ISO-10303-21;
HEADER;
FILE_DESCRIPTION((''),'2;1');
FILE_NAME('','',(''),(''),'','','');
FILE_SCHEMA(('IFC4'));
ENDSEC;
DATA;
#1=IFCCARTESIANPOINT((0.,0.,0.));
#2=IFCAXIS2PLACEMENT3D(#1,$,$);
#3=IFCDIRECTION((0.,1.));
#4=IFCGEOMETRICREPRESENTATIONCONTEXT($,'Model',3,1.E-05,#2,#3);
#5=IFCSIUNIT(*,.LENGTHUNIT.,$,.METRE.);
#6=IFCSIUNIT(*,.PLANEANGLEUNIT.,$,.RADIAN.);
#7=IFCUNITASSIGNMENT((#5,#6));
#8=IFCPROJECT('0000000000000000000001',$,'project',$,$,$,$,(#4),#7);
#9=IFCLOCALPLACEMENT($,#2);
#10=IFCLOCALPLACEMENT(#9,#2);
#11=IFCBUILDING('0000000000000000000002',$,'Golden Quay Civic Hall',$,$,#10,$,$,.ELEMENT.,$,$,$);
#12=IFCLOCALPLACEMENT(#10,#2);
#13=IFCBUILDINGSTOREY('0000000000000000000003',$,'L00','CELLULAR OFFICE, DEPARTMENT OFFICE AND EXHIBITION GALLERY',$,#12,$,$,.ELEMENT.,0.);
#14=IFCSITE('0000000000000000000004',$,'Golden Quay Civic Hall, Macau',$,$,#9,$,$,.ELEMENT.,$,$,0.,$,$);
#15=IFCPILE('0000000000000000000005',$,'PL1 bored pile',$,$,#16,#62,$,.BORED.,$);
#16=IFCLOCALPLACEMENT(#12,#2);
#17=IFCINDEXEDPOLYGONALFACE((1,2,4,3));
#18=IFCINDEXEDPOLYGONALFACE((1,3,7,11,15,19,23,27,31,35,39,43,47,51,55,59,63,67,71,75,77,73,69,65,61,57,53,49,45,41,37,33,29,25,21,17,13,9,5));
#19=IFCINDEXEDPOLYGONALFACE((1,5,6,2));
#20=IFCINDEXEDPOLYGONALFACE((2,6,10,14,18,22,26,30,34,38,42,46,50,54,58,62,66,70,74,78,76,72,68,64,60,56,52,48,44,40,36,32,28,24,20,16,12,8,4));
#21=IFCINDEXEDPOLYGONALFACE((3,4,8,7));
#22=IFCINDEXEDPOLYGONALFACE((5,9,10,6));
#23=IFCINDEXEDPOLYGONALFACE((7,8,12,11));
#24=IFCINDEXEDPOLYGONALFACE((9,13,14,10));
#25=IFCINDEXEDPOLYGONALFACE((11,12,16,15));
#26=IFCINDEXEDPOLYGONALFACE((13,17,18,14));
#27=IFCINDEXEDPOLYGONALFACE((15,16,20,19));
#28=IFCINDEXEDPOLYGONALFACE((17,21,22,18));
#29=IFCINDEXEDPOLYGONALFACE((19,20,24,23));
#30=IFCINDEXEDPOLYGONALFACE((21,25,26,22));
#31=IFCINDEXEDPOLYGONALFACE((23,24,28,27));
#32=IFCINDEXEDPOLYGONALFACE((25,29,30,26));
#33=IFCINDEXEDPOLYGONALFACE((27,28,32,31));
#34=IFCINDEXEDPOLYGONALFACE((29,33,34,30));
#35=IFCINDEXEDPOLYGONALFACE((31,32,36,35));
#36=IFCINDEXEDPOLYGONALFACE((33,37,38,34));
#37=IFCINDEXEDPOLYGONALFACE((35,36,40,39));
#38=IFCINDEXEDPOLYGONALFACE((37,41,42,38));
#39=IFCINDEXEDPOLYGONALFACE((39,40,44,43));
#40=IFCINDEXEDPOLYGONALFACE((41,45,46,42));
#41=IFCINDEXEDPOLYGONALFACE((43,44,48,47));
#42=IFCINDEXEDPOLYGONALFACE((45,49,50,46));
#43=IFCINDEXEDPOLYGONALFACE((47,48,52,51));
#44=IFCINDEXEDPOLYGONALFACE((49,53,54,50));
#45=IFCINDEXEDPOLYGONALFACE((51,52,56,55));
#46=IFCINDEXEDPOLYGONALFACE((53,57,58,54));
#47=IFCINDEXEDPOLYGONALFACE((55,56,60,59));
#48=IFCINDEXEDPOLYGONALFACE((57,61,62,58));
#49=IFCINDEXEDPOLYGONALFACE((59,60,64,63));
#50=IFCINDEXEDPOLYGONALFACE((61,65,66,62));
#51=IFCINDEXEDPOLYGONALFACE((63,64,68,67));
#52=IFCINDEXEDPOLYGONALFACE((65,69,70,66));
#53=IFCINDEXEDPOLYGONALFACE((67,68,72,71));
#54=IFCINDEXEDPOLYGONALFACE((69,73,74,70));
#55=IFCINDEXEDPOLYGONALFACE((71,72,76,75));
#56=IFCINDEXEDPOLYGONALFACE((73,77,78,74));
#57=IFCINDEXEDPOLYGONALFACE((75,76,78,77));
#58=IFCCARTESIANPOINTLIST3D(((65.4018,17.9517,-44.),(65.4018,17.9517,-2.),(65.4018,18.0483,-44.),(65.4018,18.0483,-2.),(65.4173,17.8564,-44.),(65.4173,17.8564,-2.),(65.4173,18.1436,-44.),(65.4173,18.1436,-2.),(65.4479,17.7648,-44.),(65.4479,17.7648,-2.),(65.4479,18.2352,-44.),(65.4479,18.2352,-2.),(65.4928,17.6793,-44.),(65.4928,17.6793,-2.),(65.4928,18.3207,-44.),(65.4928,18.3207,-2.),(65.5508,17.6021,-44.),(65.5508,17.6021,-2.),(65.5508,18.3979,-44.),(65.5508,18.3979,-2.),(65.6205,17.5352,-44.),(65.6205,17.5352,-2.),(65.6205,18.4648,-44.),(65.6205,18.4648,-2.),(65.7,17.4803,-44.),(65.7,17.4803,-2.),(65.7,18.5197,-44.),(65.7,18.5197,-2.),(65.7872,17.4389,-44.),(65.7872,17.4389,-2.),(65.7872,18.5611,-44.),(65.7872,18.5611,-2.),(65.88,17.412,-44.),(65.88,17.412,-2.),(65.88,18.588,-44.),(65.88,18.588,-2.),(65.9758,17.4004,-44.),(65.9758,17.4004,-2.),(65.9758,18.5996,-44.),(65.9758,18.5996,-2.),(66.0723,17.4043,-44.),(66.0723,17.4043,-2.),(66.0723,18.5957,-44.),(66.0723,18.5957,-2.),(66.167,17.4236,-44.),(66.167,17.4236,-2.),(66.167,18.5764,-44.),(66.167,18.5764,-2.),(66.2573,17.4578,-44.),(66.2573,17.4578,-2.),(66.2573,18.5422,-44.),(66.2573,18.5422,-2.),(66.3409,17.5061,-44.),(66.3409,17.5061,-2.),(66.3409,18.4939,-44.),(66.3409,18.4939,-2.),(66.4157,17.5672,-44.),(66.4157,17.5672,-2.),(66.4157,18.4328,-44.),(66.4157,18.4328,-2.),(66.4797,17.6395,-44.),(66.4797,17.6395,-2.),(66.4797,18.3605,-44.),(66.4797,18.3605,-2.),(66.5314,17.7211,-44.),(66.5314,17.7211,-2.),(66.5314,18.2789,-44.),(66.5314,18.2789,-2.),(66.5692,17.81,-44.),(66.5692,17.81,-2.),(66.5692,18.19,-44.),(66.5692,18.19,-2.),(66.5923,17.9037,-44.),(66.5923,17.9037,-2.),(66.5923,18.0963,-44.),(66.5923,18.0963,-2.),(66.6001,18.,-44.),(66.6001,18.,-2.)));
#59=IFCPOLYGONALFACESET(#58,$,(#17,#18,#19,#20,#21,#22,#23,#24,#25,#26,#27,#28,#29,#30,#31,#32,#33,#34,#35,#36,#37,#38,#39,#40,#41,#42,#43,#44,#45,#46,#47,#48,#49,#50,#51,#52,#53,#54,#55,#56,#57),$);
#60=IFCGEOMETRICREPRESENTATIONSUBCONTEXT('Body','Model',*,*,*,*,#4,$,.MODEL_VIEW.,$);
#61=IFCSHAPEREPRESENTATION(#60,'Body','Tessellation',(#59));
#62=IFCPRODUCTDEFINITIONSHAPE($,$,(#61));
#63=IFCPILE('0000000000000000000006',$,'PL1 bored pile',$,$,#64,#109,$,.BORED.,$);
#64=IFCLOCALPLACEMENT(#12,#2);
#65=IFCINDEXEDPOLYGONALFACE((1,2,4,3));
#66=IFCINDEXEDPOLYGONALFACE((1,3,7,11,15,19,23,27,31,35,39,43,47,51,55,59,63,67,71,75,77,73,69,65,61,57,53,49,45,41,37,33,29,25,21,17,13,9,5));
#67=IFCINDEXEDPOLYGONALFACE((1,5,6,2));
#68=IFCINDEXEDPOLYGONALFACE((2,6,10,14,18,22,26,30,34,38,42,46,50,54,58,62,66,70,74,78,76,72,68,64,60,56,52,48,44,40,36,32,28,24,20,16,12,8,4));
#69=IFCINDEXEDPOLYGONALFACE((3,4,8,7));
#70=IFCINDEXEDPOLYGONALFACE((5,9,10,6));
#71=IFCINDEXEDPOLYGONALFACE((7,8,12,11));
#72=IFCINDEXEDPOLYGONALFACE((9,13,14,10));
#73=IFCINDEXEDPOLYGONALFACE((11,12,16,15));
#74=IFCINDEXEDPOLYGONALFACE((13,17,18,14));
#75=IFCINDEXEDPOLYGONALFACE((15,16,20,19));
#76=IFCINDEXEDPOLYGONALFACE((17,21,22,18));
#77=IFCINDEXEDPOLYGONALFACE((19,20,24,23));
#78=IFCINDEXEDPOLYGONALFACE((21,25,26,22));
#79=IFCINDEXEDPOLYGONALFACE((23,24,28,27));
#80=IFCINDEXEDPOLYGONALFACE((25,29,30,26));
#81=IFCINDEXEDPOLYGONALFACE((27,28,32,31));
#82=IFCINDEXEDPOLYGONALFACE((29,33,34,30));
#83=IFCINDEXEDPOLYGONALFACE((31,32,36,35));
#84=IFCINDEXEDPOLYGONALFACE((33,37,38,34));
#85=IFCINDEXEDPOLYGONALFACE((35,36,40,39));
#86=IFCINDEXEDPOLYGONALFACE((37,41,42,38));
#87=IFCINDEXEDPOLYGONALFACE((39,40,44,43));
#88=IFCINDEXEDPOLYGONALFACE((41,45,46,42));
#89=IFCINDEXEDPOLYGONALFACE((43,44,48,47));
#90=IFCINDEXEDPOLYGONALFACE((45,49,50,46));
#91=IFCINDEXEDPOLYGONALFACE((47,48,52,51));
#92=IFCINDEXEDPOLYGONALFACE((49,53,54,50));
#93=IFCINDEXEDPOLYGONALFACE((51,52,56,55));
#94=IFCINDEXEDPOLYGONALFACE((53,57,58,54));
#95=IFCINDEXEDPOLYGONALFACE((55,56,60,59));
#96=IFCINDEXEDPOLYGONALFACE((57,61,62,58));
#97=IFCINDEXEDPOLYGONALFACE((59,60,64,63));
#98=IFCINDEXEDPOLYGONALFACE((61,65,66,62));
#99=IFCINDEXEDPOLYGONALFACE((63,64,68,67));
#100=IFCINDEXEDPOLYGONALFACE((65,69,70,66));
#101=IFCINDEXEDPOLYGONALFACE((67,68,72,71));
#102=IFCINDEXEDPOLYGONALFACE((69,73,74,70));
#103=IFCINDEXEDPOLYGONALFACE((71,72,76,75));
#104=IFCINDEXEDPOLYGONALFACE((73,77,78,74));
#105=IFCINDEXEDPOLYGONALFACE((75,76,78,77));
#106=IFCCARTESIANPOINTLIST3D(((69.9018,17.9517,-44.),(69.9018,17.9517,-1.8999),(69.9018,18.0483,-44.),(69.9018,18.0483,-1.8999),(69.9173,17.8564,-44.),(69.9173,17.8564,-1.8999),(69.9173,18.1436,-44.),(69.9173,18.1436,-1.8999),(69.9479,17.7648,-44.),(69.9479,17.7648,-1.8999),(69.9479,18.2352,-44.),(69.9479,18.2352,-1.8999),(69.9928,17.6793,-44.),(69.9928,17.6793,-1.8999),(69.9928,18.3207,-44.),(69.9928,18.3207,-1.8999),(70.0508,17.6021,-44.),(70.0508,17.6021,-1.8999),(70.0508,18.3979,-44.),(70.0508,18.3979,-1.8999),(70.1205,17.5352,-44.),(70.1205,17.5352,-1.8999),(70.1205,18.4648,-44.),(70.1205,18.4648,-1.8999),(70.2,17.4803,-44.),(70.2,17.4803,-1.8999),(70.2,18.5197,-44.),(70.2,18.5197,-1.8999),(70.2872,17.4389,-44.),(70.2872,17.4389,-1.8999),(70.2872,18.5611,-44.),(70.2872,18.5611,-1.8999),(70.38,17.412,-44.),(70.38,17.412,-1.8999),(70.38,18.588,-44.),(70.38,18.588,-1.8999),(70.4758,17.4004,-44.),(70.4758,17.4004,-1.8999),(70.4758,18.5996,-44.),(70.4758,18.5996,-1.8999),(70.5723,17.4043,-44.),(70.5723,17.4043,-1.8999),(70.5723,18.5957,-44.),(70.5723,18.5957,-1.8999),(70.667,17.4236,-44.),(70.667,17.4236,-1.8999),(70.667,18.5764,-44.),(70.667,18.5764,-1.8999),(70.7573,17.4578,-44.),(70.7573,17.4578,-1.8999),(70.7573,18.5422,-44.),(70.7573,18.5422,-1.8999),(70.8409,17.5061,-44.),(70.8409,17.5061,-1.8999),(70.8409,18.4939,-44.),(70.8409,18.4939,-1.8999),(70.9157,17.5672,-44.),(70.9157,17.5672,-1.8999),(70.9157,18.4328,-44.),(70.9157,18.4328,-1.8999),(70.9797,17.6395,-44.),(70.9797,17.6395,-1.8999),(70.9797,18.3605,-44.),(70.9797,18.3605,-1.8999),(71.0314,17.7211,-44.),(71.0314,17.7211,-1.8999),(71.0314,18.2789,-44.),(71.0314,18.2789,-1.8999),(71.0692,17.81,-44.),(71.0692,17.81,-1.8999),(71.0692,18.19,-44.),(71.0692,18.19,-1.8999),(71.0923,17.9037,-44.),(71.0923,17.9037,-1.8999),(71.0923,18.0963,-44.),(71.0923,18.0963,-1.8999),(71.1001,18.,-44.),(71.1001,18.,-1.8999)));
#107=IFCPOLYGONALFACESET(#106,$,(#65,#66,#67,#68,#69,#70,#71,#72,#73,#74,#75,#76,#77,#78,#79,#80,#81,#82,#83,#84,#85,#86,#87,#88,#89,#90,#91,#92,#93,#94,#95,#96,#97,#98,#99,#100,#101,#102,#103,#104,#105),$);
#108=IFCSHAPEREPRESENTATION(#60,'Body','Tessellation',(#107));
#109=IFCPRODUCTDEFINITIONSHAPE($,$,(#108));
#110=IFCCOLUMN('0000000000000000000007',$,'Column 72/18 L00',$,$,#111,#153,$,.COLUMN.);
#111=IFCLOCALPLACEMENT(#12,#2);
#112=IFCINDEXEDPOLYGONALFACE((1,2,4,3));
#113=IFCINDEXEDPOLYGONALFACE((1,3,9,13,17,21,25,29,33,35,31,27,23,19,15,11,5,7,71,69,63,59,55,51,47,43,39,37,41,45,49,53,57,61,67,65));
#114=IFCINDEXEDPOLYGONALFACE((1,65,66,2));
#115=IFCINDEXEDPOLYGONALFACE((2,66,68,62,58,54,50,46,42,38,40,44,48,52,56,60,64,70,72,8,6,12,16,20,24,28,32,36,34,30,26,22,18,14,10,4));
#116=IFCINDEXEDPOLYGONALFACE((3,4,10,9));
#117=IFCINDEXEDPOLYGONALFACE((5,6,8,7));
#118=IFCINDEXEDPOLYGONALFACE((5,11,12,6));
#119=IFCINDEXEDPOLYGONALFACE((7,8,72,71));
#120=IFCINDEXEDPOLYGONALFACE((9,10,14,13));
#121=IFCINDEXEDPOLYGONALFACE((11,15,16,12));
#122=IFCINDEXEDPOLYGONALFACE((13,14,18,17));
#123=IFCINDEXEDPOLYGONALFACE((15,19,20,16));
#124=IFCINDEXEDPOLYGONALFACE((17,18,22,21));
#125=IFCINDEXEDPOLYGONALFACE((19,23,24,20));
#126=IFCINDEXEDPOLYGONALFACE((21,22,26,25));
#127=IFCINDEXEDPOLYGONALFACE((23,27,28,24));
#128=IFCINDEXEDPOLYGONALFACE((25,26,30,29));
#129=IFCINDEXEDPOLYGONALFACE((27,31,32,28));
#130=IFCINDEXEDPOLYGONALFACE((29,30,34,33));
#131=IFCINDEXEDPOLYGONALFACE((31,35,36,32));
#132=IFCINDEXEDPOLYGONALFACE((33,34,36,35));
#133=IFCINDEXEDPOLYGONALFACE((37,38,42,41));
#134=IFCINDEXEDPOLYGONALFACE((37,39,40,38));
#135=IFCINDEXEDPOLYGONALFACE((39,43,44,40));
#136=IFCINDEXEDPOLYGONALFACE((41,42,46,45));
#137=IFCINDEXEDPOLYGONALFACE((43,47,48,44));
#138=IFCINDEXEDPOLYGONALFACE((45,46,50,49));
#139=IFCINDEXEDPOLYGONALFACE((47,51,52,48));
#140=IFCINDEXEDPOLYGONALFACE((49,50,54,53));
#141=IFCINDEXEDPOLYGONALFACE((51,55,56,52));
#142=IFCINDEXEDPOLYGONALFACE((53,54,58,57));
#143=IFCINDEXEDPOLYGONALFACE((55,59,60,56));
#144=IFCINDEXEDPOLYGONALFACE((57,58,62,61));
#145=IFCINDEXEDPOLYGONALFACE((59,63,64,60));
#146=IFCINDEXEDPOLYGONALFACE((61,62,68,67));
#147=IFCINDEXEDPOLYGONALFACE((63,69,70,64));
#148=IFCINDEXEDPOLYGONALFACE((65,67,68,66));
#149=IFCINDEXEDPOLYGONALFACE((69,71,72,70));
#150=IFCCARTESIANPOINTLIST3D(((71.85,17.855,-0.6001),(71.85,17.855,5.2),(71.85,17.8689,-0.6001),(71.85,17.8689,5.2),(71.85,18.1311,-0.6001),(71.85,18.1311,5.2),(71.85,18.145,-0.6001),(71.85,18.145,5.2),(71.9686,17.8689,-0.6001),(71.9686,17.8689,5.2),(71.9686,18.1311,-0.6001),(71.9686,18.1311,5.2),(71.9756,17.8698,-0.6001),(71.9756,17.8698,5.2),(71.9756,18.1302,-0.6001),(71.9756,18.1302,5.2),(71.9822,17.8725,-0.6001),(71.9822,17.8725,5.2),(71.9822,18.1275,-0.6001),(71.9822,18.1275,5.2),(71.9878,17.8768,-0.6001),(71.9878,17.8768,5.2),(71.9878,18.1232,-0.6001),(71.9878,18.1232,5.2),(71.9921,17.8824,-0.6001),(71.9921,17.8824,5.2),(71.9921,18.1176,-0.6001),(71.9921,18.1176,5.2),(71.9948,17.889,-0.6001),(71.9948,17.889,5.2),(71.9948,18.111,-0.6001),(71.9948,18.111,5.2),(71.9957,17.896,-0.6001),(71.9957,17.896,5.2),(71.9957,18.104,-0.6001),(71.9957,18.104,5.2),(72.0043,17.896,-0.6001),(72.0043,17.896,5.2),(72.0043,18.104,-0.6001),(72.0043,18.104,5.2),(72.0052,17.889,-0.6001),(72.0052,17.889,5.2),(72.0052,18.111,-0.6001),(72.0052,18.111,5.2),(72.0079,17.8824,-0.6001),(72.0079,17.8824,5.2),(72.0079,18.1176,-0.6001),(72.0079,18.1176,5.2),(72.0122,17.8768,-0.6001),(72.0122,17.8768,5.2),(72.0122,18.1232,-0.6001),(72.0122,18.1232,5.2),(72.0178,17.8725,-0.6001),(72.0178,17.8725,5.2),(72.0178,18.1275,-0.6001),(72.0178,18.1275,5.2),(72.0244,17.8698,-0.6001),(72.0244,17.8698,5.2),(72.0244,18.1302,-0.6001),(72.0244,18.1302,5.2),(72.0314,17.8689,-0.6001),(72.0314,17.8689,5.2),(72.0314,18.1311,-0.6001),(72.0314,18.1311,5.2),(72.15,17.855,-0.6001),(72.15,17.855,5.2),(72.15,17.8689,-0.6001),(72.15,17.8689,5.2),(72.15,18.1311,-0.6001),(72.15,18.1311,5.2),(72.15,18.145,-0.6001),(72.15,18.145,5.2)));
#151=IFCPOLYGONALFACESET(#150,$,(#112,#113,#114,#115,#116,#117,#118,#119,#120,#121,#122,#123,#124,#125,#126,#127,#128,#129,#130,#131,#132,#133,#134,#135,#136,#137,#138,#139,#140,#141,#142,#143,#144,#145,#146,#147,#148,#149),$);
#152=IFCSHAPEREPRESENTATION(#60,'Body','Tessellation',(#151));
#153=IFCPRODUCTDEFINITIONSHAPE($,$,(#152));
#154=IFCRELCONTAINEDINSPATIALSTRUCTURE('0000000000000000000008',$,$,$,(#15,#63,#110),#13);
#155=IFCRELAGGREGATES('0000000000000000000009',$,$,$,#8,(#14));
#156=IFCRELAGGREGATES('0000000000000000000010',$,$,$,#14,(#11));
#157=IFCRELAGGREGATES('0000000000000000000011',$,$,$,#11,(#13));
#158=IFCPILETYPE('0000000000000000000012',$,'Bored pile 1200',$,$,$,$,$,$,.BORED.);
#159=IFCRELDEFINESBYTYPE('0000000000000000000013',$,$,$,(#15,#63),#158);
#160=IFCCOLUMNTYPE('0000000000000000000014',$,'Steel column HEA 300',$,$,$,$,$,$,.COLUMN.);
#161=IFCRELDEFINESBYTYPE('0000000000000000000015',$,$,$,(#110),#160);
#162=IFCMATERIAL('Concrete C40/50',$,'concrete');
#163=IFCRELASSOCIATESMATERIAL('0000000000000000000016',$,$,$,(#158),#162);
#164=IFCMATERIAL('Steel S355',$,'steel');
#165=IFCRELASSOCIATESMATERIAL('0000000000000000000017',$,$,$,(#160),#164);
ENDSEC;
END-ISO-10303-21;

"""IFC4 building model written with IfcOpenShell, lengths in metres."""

from ifc_helpers import new_model, si_unit, direction, frame, origin, origin_2d, place, context, subcontext, project, spatial, circle, i_section, extrude, material, material_profile, profile_set, type_object, element, save


model = new_model("IFC4")

# Units and contexts
model_context = context("Model", 3, precision=1e-05, world=origin(), true_north=direction((0.0, 1.0)))
body_context = subcontext(model_context, "Body", "Model", "MODEL_VIEW")
ifc_project = project(units=[si_unit("LENGTHUNIT", "METRE"), si_unit("PLANEANGLEUNIT", "RADIAN")], contexts=[model_context])

# Site, building, storey
site_placement = place(None, origin())
site = spatial("IfcSite", under=ifc_project, at=site_placement, Name="Golden Quay Civic Hall, Macau", CompositionType="ELEMENT", RefElevation=0.0)
building_placement = place(site_placement, origin())
building = spatial("IfcBuilding", under=site, at=building_placement, Name="Golden Quay Civic Hall", CompositionType="ELEMENT")
storey_placement = place(building_placement, origin())
storey = spatial("IfcBuildingStorey", under=building, at=storey_placement, Name="L00", Description="CELLULAR OFFICE, DEPARTMENT OFFICE AND EXHIBITION GALLERY", CompositionType="ELEMENT", Elevation=0.0)

# Piles
ifc_material_1 = material(Name="Concrete C40/50", Category="concrete")
ifc_material_profile_1 = material_profile(ifc_material_1, circle(Radius=0.6001, at=origin_2d()), Name="RC D1200")
ifc_profile_set_1 = profile_set([ifc_material_profile_1], Name="Concrete C40/50")
pile_type = type_object("IfcPileType", Name="Bored pile 1200", PredefinedType="BORED", material=ifc_profile_set_1)
for number, where, z_axis, x_axis, name in (
    (1, (66.0, 18.0, -2.0), (0.0, 0.0, -1.0), (1.0, 0.0, 0.0), "PL1 bored pile"),
):
    element("IfcPile", number, at=place(storey_placement, frame(where, z_axis=z_axis, x_axis=x_axis)), inside=storey, type_object=pile_type, Name=name, PredefinedType="BORED", context=body_context, shape_type="SweptSolid", body=[
        extrude(circle(Radius=0.6001, at=origin_2d()), origin(), (0.0, 0.0, 1.0), 42.0),
    ])
pile_placement = place(storey_placement, frame((70.5, 18.0, -1.8999), z_axis=(0.0, 0.0, -1.0), x_axis=(1.0, 0.0, 0.0)))
element("IfcPile", 2, at=pile_placement, inside=storey, type_object=pile_type, Name="PL1 bored pile", PredefinedType="BORED", context=body_context, shape_type="SweptSolid", body=[
    extrude(circle(Radius=0.6001, at=origin_2d()), origin(), (0.0, 0.0, 1.0), 42.1001),
])

# Column
ifc_material_2 = material(Name="Steel S355", Category="steel")
ifc_material_profile_2 = material_profile(ifc_material_2, i_section(OverallWidth=0.3, OverallDepth=0.29, WebThickness=0.0085, FlangeThickness=0.0139, FilletRadius=0.0271, at=origin_2d()), Name="HEA 300")
ifc_profile_set_2 = profile_set([ifc_material_profile_2], Name="Steel S355")
column_type_1 = type_object("IfcColumnType", Name="Steel column HEA 300", PredefinedType="COLUMN", material=ifc_profile_set_2)
column_placement = place(storey_placement, frame((72.0, 18.0, -0.6001), z_axis=(0.0, 0.0, 1.0), x_axis=(1.0, 0.0, 0.0)))
element("IfcColumn", 3, at=column_placement, inside=storey, type_object=column_type_1, Name="Column 72/18 L00", PredefinedType="COLUMN", context=body_context, shape_type="SweptSolid", body=[
    extrude(i_section(OverallWidth=0.3, OverallDepth=0.29, WebThickness=0.0085, FlangeThickness=0.0139, FilletRadius=0.0271, at=origin_2d()), origin(), (0.0, 0.0, 1.0), 5.8),
])

save(model, "model.ifc")
